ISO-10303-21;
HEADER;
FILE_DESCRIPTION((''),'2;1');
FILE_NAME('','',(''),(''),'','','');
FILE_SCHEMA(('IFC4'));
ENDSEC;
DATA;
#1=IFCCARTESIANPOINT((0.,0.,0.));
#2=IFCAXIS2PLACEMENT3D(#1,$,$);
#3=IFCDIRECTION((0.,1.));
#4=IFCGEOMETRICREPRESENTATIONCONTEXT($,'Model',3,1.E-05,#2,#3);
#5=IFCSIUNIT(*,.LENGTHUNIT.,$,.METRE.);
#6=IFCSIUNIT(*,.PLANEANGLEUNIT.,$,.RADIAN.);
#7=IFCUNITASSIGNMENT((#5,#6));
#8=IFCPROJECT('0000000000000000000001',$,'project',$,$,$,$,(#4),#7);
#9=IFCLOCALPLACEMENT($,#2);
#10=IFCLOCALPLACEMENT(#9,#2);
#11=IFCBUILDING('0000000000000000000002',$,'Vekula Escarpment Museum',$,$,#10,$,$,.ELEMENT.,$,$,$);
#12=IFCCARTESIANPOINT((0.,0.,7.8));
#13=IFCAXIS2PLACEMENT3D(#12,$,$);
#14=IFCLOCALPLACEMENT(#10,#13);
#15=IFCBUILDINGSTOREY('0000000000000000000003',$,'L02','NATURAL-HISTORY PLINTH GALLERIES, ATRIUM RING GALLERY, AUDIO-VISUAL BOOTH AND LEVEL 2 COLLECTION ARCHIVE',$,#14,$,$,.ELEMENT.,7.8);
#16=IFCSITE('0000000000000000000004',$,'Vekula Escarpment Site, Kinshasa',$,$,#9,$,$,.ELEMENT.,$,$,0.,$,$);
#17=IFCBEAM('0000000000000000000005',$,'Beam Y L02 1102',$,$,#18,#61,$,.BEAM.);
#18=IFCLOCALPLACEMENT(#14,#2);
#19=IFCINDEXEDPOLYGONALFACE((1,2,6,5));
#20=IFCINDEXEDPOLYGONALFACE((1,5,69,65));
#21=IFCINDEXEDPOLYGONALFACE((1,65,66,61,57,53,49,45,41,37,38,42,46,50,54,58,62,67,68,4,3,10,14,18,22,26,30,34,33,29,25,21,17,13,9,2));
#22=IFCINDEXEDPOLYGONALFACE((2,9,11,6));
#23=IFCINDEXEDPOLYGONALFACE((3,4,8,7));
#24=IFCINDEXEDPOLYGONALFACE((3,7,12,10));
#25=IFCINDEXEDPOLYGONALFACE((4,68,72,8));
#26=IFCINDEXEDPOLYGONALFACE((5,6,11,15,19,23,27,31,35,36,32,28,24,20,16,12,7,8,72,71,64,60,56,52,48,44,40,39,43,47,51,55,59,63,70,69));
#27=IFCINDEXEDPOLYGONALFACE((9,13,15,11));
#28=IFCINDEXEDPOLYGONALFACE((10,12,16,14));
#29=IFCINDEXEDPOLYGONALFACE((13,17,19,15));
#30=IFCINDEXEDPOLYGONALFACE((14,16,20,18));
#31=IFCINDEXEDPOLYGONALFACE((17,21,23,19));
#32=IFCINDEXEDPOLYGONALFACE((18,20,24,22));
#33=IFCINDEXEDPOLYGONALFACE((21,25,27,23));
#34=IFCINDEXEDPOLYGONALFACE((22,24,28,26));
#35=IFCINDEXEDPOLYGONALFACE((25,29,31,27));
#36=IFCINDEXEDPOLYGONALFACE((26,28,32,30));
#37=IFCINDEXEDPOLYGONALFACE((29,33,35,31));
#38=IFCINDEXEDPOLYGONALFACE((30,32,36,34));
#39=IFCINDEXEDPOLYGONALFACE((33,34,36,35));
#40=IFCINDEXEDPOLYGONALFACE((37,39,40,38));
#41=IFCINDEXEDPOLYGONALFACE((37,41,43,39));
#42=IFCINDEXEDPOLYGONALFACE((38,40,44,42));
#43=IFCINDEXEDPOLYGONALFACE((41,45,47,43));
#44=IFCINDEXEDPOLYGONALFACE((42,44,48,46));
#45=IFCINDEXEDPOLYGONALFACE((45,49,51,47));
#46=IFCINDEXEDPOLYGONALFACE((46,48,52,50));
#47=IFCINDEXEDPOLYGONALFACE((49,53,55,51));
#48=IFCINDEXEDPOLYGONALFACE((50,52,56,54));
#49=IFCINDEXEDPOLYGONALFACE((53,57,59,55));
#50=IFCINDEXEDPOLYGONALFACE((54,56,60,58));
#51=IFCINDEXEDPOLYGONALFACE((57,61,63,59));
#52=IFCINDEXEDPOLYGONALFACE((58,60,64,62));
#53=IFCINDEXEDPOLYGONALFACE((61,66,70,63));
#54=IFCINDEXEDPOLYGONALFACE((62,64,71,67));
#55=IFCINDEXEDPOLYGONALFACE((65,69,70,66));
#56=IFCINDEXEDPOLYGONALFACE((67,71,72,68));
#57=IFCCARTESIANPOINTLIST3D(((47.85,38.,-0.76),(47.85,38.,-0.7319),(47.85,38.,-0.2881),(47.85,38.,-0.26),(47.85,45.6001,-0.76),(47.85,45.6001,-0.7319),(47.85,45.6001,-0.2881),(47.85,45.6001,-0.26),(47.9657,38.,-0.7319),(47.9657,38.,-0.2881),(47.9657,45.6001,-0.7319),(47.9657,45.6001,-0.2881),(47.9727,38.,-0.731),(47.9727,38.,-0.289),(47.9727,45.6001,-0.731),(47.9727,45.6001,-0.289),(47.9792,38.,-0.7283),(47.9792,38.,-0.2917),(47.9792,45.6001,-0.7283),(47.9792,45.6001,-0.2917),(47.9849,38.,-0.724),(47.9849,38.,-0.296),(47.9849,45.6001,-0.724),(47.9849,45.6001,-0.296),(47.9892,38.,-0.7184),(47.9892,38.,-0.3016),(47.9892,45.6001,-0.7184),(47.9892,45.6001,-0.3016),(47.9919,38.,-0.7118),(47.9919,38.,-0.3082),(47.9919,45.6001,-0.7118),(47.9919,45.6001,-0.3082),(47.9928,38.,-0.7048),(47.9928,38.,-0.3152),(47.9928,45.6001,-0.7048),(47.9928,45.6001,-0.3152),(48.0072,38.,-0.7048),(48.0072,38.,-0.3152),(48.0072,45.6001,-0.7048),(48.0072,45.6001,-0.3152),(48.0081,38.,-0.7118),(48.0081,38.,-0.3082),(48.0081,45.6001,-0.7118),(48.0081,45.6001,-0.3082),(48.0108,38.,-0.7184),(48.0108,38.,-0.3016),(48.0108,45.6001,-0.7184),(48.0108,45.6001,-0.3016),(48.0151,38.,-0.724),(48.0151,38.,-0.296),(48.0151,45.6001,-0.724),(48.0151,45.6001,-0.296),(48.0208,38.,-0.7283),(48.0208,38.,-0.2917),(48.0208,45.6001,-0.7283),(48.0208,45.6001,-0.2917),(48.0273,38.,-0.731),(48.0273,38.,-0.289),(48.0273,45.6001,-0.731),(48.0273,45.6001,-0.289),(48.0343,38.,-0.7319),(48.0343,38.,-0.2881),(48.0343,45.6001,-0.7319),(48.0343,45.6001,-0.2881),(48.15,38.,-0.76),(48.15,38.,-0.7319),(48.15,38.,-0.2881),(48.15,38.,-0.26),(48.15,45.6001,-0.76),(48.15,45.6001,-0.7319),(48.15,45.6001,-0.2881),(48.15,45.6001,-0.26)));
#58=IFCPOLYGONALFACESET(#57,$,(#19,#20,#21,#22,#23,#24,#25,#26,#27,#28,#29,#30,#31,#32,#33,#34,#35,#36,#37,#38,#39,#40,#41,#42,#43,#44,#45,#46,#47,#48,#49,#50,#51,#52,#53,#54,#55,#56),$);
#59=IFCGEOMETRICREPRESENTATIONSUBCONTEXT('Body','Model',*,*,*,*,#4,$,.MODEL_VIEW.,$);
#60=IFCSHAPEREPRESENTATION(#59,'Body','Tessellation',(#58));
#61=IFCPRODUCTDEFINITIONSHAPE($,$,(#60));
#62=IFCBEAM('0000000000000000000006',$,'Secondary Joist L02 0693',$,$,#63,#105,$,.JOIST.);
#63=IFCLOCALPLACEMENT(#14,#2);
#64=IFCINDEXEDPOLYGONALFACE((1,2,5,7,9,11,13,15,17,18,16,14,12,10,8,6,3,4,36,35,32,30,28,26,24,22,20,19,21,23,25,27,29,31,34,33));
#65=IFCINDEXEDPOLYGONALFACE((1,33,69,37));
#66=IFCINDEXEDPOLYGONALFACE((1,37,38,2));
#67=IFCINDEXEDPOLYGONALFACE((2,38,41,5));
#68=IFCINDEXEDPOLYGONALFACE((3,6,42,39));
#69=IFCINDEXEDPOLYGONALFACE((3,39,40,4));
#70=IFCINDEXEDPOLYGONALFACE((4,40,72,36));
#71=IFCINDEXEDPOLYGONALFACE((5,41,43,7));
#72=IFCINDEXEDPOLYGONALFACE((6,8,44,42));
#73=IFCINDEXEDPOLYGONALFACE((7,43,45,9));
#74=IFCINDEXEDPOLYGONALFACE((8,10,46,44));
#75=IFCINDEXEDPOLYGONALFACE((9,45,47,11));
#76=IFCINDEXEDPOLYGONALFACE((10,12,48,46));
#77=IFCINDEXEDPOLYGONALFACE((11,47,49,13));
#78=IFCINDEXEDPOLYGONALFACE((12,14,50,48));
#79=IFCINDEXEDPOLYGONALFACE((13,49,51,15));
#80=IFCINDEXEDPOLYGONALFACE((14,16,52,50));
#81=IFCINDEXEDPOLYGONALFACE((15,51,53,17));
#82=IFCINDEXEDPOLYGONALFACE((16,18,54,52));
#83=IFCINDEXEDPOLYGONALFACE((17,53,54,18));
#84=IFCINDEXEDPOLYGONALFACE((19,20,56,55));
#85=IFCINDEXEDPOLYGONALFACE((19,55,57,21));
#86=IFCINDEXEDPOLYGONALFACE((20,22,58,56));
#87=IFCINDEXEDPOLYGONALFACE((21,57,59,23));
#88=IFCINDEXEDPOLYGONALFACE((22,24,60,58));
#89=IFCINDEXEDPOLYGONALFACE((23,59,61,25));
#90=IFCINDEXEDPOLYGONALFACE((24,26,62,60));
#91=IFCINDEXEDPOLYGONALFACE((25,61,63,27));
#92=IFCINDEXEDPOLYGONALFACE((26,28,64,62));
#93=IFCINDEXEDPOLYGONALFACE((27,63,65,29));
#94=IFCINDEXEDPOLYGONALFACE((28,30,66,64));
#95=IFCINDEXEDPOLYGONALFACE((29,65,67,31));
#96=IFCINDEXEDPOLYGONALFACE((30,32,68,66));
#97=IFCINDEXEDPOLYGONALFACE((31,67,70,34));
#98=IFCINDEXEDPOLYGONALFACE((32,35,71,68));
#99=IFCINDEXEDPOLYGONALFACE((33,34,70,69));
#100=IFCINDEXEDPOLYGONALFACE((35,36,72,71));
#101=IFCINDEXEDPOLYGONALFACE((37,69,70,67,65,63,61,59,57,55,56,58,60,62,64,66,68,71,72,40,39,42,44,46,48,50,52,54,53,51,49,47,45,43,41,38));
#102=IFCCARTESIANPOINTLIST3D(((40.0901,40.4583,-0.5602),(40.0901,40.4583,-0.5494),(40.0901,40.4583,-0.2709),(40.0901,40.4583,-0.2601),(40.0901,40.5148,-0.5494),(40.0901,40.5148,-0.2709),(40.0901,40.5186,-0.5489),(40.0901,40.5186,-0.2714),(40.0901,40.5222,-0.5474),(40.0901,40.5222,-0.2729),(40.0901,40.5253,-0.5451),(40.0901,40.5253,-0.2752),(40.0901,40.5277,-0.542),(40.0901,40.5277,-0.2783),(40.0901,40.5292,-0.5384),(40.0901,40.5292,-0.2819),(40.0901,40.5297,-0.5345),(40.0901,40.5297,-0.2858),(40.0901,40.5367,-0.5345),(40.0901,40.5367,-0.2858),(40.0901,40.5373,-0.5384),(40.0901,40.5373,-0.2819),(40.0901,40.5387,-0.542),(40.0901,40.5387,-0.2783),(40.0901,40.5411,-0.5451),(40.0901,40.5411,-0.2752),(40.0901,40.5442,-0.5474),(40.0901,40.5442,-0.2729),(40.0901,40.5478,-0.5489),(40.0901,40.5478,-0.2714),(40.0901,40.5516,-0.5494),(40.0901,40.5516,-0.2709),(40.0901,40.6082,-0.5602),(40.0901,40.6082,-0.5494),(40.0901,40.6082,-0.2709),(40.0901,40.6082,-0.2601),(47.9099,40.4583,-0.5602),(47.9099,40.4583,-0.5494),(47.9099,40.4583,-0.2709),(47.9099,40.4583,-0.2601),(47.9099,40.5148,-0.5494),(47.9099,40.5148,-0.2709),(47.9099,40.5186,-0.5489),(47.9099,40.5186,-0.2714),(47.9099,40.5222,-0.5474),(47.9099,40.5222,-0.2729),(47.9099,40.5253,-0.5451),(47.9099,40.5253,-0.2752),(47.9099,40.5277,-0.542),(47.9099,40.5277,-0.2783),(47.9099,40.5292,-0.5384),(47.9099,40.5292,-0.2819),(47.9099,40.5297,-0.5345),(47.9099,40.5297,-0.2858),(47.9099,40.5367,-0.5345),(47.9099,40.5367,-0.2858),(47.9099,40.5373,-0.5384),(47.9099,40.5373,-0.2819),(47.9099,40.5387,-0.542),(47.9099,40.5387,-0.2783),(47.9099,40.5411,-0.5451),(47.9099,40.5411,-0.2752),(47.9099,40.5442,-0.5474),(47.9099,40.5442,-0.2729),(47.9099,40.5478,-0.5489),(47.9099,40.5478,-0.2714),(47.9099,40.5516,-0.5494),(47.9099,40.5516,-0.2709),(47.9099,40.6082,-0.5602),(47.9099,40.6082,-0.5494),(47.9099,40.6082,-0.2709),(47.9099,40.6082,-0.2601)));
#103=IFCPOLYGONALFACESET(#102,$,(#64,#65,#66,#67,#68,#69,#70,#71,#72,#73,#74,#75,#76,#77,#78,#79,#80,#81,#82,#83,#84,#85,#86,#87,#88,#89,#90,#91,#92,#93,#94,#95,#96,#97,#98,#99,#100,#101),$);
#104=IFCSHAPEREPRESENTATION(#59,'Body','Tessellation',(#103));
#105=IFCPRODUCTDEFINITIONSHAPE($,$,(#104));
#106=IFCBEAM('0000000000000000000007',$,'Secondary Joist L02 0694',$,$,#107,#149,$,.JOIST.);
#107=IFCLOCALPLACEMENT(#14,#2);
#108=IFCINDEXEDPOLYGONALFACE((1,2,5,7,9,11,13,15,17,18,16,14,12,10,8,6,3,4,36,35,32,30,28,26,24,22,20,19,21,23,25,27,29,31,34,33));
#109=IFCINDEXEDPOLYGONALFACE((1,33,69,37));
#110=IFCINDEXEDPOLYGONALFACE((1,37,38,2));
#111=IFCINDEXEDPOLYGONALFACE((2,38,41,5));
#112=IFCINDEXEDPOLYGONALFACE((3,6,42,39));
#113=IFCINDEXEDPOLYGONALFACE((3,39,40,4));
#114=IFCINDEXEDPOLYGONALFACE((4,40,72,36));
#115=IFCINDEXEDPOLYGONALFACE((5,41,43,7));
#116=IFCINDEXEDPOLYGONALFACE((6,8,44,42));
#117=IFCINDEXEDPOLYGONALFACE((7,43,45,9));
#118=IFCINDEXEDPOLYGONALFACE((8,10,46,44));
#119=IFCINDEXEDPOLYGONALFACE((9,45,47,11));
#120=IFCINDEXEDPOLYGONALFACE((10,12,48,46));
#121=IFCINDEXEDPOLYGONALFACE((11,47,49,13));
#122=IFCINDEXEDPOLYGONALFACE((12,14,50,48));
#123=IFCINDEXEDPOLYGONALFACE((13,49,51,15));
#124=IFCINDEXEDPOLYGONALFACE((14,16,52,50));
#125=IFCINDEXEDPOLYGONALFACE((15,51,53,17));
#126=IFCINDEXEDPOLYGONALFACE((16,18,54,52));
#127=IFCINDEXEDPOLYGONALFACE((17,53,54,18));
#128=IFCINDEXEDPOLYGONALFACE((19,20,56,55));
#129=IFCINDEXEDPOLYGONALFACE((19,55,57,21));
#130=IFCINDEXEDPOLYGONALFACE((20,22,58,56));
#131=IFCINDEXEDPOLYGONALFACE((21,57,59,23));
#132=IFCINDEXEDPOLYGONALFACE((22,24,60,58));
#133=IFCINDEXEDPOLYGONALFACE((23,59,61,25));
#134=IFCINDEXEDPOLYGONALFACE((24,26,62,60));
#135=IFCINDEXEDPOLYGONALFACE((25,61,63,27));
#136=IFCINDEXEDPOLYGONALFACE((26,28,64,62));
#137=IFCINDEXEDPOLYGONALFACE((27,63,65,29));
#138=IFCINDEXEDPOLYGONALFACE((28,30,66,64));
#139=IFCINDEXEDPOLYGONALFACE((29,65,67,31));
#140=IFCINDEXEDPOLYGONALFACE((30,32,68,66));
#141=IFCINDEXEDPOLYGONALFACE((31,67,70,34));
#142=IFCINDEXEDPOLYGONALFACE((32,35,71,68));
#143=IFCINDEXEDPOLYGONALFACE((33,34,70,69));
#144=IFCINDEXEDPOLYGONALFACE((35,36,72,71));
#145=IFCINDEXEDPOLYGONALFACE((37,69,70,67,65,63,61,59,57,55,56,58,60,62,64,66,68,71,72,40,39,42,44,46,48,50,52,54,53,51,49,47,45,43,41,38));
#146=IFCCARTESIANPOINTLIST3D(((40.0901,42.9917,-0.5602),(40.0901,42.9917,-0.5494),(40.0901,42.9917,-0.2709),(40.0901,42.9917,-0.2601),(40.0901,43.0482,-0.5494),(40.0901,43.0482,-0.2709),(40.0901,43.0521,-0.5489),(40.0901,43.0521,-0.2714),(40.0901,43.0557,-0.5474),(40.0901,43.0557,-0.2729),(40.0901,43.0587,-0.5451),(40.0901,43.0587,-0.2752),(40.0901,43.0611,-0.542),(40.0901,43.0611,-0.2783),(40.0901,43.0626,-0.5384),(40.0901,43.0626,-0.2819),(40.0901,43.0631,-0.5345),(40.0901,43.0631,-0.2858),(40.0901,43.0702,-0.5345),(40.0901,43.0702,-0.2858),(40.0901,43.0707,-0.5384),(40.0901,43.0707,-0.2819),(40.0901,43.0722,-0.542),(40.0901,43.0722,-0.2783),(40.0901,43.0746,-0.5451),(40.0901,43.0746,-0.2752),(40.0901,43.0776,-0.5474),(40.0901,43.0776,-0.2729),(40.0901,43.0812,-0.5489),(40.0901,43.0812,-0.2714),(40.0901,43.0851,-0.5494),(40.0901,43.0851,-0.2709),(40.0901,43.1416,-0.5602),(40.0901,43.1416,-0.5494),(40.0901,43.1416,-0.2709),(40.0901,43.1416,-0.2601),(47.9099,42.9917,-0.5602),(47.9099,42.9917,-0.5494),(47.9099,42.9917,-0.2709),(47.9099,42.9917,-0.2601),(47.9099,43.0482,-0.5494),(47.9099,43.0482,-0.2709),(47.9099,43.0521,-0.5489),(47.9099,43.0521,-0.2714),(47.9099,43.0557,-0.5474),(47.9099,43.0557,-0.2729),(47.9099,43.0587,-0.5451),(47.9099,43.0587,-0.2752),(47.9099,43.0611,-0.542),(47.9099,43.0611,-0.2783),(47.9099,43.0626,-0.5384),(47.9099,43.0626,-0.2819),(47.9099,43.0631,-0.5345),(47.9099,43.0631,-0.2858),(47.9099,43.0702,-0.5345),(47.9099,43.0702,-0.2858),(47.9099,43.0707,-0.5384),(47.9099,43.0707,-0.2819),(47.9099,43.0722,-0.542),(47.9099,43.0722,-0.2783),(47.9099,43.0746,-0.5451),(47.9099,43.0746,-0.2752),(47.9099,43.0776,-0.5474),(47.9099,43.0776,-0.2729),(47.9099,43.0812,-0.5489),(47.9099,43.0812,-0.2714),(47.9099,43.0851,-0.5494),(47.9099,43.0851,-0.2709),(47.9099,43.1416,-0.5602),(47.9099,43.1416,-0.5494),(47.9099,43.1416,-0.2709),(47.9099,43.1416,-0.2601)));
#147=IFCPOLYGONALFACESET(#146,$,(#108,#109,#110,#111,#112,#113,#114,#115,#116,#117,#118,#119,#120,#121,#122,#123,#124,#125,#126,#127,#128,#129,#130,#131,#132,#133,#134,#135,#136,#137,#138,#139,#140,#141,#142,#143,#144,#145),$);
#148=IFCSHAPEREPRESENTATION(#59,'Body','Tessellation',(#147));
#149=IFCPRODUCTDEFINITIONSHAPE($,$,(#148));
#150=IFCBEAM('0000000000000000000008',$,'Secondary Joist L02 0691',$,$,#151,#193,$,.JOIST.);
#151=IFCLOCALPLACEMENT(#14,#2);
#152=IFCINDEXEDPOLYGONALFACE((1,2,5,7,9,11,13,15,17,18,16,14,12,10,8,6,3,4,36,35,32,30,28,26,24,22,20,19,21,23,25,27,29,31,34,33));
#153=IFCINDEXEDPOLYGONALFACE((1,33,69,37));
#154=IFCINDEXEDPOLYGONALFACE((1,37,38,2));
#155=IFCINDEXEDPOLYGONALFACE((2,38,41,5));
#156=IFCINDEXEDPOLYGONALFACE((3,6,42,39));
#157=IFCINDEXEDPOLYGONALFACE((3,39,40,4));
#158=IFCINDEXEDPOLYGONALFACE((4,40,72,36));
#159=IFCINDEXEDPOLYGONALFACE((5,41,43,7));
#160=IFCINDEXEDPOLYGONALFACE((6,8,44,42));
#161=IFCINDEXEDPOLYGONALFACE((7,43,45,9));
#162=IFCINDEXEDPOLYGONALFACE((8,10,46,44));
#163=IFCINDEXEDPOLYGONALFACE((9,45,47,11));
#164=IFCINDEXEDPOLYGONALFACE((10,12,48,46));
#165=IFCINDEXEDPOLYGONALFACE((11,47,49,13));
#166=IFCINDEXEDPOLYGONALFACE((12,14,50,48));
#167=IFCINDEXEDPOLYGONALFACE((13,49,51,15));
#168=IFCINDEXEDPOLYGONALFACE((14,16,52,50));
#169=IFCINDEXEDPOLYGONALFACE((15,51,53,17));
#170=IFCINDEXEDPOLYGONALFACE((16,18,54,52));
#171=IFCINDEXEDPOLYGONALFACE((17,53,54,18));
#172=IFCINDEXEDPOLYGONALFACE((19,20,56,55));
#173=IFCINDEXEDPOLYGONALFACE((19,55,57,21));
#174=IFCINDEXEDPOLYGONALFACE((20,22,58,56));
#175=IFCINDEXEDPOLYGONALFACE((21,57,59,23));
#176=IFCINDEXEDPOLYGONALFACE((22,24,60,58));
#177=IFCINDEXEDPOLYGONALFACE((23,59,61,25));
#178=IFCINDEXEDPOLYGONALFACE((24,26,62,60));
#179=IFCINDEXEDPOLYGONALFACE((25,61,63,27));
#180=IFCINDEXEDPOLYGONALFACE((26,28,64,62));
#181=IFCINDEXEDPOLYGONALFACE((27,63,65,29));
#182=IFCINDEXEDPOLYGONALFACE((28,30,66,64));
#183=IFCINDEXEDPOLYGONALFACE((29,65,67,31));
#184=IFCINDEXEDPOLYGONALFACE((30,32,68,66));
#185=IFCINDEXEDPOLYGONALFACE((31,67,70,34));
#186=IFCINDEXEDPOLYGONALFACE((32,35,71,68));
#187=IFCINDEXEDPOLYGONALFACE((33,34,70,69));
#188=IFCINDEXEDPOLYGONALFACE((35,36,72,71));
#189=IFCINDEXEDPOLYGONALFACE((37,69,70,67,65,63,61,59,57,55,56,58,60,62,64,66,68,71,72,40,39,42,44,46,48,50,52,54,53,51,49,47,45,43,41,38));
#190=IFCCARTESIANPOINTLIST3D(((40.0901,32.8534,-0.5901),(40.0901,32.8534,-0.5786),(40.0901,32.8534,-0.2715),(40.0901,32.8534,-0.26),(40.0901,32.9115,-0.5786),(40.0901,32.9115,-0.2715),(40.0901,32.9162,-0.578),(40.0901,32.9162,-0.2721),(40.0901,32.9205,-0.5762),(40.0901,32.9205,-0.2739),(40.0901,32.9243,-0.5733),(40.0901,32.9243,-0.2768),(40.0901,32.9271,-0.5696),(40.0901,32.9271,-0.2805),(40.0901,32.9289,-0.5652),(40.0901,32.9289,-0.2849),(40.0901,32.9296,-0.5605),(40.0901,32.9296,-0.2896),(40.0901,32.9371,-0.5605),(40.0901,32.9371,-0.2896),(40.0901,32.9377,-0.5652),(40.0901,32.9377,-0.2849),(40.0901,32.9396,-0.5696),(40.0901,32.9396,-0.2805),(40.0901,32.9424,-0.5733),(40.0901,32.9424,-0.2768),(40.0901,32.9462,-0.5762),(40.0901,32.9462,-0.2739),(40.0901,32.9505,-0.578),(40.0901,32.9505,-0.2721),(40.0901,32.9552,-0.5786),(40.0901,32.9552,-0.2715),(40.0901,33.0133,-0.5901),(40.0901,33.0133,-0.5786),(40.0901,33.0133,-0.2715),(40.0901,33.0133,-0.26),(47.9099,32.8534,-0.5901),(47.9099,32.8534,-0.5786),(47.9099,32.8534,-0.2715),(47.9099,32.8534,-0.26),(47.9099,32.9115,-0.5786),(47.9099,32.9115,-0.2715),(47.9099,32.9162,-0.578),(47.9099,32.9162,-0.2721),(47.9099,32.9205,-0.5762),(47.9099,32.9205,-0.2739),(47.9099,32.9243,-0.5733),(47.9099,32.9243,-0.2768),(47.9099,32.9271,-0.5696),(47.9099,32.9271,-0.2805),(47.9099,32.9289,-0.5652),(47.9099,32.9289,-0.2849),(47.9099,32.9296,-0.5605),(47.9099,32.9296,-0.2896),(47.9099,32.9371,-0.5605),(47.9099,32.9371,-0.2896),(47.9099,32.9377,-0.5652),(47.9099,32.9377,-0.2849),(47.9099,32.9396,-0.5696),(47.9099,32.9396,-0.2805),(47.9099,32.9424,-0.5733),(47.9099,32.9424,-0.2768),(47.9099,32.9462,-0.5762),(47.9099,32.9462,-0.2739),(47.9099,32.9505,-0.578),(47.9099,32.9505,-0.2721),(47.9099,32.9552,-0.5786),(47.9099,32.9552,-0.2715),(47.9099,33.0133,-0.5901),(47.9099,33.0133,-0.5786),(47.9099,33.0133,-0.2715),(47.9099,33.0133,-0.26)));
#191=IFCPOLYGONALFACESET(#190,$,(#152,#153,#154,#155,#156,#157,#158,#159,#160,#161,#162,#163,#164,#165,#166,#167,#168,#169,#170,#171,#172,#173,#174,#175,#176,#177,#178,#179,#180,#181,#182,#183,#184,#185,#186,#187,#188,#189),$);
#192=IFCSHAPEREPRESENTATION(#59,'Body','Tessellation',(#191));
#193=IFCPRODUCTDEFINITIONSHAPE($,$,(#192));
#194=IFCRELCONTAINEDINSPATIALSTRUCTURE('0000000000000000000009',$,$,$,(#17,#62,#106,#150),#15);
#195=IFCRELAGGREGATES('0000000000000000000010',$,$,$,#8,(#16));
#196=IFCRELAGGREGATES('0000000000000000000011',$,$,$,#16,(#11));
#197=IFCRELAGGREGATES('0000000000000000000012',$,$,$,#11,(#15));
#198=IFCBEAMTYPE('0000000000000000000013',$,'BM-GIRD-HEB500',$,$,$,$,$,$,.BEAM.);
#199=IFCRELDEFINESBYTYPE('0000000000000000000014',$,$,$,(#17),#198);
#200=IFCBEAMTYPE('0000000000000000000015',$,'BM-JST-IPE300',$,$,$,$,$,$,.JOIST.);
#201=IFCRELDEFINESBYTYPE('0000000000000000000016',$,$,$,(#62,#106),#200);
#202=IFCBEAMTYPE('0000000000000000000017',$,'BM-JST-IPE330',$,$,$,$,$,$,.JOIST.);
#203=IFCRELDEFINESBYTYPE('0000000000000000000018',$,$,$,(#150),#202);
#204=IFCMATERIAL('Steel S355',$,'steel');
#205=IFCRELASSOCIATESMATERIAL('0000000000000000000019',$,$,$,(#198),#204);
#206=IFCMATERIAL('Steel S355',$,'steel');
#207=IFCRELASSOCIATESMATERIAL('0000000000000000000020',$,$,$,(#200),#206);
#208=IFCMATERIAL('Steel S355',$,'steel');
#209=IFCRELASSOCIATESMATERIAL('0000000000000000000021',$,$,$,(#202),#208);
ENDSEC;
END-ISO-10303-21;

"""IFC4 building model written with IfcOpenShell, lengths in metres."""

from ifc_helpers import new_model, si_unit, direction, frame, origin, origin_2d, place, context, subcontext, project, spatial, i_section, extrude, material, material_profile, profile_set, type_object, element, save


model = new_model("IFC4")

# Units and contexts
model_context = context("Model", 3, precision=1e-05, world=origin(), true_north=direction((0.0, 1.0)))
body_context = subcontext(model_context, "Body", "Model", "MODEL_VIEW")
ifc_project = project(units=[si_unit("LENGTHUNIT", "METRE"), si_unit("PLANEANGLEUNIT", "RADIAN")], contexts=[model_context])

# Site, building, storey
site_placement = place(None, origin())
site = spatial("IfcSite", under=ifc_project, at=site_placement, Name="Vekula Escarpment Site, Kinshasa", CompositionType="ELEMENT", RefElevation=0.0)
building_placement = place(site_placement, origin())
building = spatial("IfcBuilding", under=site, at=building_placement, Name="Vekula Escarpment Museum", CompositionType="ELEMENT")
storey_placement = place(building_placement, frame((0.0, 0.0, 7.8)))
storey = spatial("IfcBuildingStorey", under=building, at=storey_placement, Name="L02", Description="NATURAL-HISTORY PLINTH GALLERIES, ATRIUM RING GALLERY, AUDIO-VISUAL BOOTH AND LEVEL 2 COLLECTION ARCHIVE", CompositionType="ELEMENT", Elevation=7.8)

# Beams
ifc_material_1 = material(Name="Steel S355", Category="steel")
ifc_material_profile_1 = material_profile(ifc_material_1, i_section(OverallWidth=0.3, OverallDepth=0.5, WebThickness=0.0144, FlangeThickness=0.0281, FilletRadius=0.0271, at=origin_2d()), Name="HEB 500")
ifc_profile_set_1 = profile_set([ifc_material_profile_1], Name="Steel S355")
beam_type_1 = type_object("IfcBeamType", Name="BM-GIRD-HEB500", PredefinedType="BEAM", material=ifc_profile_set_1)
for number, where, z_axis, x_axis, name in (
    (1, (48.0, 38.0, -0.51), (0.0, 1.0, 0.0), (-1.0, 0.0, 0.0), "Beam Y L02 1102"),
):
    element("IfcBeam", number, at=place(storey_placement, frame(where, z_axis=z_axis, x_axis=x_axis)), inside=storey, type_object=beam_type_1, Name=name, PredefinedType="BEAM", context=body_context, shape_type="SweptSolid", body=[
        extrude(i_section(OverallWidth=0.3, OverallDepth=0.5, WebThickness=0.0144, FlangeThickness=0.0281, FilletRadius=0.0271, at=origin_2d()), origin(), (0.0, 0.0, 1.0), 7.6001),
    ])
ifc_material_2 = material(Name="Steel S355", Category="steel")
ifc_material_profile_2 = material_profile(ifc_material_2, i_section(OverallWidth=0.1499, OverallDepth=0.3, WebThickness=0.0071, FlangeThickness=0.0107, FilletRadius=0.0149, at=origin_2d()), Name="IPE 300")
ifc_profile_set_2 = profile_set([ifc_material_profile_2], Name="Steel S355")
beam_type_2 = type_object("IfcBeamType", Name="BM-JST-IPE300", PredefinedType="JOIST", material=ifc_profile_set_2)
for number, where, z_axis, x_axis, name in (
    (2, (40.0901, 40.5332, -0.4102), (1.0, 0.0, 0.0), (0.0, 1.0, 0.0), "Secondary Joist L02 0693"),
    (3, (40.0901, 43.0667, -0.4102), (1.0, 0.0, 0.0), (0.0, 1.0, 0.0), "Secondary Joist L02 0694"),
):
    element("IfcBeam", number, at=place(storey_placement, frame(where, z_axis=z_axis, x_axis=x_axis)), inside=storey, type_object=beam_type_2, Name=name, PredefinedType="JOIST", context=body_context, shape_type="SweptSolid", body=[
        extrude(i_section(OverallWidth=0.1499, OverallDepth=0.3, WebThickness=0.0071, FlangeThickness=0.0107, FilletRadius=0.0149, at=origin_2d()), origin(), (0.0, 0.0, 1.0), 7.8198),
    ])
ifc_material_3 = material(Name="Steel S355", Category="steel")
ifc_material_profile_3 = material_profile(ifc_material_3, i_section(OverallWidth=0.1599, OverallDepth=0.3301, WebThickness=0.0076, FlangeThickness=0.0115, FilletRadius=0.0181, at=origin_2d()), Name="IPE 330")
ifc_profile_set_3 = profile_set([ifc_material_profile_3], Name="Steel S355")
beam_type_3 = type_object("IfcBeamType", Name="BM-JST-IPE330", PredefinedType="JOIST", material=ifc_profile_set_3)
for number, where, z_axis, x_axis, name in (
    (4, (40.0901, 32.9333, -0.425), (1.0, 0.0, 0.0), (0.0, 1.0, 0.0), "Secondary Joist L02 0691"),
):
    element("IfcBeam", number, at=place(storey_placement, frame(where, z_axis=z_axis, x_axis=x_axis)), inside=storey, type_object=beam_type_3, Name=name, PredefinedType="JOIST", context=body_context, shape_type="SweptSolid", body=[
        extrude(i_section(OverallWidth=0.1599, OverallDepth=0.3301, WebThickness=0.0076, FlangeThickness=0.0115, FilletRadius=0.0181, at=origin_2d()), origin(), (0.0, 0.0, 1.0), 7.8198),
    ])

save(model, "model.ifc")
